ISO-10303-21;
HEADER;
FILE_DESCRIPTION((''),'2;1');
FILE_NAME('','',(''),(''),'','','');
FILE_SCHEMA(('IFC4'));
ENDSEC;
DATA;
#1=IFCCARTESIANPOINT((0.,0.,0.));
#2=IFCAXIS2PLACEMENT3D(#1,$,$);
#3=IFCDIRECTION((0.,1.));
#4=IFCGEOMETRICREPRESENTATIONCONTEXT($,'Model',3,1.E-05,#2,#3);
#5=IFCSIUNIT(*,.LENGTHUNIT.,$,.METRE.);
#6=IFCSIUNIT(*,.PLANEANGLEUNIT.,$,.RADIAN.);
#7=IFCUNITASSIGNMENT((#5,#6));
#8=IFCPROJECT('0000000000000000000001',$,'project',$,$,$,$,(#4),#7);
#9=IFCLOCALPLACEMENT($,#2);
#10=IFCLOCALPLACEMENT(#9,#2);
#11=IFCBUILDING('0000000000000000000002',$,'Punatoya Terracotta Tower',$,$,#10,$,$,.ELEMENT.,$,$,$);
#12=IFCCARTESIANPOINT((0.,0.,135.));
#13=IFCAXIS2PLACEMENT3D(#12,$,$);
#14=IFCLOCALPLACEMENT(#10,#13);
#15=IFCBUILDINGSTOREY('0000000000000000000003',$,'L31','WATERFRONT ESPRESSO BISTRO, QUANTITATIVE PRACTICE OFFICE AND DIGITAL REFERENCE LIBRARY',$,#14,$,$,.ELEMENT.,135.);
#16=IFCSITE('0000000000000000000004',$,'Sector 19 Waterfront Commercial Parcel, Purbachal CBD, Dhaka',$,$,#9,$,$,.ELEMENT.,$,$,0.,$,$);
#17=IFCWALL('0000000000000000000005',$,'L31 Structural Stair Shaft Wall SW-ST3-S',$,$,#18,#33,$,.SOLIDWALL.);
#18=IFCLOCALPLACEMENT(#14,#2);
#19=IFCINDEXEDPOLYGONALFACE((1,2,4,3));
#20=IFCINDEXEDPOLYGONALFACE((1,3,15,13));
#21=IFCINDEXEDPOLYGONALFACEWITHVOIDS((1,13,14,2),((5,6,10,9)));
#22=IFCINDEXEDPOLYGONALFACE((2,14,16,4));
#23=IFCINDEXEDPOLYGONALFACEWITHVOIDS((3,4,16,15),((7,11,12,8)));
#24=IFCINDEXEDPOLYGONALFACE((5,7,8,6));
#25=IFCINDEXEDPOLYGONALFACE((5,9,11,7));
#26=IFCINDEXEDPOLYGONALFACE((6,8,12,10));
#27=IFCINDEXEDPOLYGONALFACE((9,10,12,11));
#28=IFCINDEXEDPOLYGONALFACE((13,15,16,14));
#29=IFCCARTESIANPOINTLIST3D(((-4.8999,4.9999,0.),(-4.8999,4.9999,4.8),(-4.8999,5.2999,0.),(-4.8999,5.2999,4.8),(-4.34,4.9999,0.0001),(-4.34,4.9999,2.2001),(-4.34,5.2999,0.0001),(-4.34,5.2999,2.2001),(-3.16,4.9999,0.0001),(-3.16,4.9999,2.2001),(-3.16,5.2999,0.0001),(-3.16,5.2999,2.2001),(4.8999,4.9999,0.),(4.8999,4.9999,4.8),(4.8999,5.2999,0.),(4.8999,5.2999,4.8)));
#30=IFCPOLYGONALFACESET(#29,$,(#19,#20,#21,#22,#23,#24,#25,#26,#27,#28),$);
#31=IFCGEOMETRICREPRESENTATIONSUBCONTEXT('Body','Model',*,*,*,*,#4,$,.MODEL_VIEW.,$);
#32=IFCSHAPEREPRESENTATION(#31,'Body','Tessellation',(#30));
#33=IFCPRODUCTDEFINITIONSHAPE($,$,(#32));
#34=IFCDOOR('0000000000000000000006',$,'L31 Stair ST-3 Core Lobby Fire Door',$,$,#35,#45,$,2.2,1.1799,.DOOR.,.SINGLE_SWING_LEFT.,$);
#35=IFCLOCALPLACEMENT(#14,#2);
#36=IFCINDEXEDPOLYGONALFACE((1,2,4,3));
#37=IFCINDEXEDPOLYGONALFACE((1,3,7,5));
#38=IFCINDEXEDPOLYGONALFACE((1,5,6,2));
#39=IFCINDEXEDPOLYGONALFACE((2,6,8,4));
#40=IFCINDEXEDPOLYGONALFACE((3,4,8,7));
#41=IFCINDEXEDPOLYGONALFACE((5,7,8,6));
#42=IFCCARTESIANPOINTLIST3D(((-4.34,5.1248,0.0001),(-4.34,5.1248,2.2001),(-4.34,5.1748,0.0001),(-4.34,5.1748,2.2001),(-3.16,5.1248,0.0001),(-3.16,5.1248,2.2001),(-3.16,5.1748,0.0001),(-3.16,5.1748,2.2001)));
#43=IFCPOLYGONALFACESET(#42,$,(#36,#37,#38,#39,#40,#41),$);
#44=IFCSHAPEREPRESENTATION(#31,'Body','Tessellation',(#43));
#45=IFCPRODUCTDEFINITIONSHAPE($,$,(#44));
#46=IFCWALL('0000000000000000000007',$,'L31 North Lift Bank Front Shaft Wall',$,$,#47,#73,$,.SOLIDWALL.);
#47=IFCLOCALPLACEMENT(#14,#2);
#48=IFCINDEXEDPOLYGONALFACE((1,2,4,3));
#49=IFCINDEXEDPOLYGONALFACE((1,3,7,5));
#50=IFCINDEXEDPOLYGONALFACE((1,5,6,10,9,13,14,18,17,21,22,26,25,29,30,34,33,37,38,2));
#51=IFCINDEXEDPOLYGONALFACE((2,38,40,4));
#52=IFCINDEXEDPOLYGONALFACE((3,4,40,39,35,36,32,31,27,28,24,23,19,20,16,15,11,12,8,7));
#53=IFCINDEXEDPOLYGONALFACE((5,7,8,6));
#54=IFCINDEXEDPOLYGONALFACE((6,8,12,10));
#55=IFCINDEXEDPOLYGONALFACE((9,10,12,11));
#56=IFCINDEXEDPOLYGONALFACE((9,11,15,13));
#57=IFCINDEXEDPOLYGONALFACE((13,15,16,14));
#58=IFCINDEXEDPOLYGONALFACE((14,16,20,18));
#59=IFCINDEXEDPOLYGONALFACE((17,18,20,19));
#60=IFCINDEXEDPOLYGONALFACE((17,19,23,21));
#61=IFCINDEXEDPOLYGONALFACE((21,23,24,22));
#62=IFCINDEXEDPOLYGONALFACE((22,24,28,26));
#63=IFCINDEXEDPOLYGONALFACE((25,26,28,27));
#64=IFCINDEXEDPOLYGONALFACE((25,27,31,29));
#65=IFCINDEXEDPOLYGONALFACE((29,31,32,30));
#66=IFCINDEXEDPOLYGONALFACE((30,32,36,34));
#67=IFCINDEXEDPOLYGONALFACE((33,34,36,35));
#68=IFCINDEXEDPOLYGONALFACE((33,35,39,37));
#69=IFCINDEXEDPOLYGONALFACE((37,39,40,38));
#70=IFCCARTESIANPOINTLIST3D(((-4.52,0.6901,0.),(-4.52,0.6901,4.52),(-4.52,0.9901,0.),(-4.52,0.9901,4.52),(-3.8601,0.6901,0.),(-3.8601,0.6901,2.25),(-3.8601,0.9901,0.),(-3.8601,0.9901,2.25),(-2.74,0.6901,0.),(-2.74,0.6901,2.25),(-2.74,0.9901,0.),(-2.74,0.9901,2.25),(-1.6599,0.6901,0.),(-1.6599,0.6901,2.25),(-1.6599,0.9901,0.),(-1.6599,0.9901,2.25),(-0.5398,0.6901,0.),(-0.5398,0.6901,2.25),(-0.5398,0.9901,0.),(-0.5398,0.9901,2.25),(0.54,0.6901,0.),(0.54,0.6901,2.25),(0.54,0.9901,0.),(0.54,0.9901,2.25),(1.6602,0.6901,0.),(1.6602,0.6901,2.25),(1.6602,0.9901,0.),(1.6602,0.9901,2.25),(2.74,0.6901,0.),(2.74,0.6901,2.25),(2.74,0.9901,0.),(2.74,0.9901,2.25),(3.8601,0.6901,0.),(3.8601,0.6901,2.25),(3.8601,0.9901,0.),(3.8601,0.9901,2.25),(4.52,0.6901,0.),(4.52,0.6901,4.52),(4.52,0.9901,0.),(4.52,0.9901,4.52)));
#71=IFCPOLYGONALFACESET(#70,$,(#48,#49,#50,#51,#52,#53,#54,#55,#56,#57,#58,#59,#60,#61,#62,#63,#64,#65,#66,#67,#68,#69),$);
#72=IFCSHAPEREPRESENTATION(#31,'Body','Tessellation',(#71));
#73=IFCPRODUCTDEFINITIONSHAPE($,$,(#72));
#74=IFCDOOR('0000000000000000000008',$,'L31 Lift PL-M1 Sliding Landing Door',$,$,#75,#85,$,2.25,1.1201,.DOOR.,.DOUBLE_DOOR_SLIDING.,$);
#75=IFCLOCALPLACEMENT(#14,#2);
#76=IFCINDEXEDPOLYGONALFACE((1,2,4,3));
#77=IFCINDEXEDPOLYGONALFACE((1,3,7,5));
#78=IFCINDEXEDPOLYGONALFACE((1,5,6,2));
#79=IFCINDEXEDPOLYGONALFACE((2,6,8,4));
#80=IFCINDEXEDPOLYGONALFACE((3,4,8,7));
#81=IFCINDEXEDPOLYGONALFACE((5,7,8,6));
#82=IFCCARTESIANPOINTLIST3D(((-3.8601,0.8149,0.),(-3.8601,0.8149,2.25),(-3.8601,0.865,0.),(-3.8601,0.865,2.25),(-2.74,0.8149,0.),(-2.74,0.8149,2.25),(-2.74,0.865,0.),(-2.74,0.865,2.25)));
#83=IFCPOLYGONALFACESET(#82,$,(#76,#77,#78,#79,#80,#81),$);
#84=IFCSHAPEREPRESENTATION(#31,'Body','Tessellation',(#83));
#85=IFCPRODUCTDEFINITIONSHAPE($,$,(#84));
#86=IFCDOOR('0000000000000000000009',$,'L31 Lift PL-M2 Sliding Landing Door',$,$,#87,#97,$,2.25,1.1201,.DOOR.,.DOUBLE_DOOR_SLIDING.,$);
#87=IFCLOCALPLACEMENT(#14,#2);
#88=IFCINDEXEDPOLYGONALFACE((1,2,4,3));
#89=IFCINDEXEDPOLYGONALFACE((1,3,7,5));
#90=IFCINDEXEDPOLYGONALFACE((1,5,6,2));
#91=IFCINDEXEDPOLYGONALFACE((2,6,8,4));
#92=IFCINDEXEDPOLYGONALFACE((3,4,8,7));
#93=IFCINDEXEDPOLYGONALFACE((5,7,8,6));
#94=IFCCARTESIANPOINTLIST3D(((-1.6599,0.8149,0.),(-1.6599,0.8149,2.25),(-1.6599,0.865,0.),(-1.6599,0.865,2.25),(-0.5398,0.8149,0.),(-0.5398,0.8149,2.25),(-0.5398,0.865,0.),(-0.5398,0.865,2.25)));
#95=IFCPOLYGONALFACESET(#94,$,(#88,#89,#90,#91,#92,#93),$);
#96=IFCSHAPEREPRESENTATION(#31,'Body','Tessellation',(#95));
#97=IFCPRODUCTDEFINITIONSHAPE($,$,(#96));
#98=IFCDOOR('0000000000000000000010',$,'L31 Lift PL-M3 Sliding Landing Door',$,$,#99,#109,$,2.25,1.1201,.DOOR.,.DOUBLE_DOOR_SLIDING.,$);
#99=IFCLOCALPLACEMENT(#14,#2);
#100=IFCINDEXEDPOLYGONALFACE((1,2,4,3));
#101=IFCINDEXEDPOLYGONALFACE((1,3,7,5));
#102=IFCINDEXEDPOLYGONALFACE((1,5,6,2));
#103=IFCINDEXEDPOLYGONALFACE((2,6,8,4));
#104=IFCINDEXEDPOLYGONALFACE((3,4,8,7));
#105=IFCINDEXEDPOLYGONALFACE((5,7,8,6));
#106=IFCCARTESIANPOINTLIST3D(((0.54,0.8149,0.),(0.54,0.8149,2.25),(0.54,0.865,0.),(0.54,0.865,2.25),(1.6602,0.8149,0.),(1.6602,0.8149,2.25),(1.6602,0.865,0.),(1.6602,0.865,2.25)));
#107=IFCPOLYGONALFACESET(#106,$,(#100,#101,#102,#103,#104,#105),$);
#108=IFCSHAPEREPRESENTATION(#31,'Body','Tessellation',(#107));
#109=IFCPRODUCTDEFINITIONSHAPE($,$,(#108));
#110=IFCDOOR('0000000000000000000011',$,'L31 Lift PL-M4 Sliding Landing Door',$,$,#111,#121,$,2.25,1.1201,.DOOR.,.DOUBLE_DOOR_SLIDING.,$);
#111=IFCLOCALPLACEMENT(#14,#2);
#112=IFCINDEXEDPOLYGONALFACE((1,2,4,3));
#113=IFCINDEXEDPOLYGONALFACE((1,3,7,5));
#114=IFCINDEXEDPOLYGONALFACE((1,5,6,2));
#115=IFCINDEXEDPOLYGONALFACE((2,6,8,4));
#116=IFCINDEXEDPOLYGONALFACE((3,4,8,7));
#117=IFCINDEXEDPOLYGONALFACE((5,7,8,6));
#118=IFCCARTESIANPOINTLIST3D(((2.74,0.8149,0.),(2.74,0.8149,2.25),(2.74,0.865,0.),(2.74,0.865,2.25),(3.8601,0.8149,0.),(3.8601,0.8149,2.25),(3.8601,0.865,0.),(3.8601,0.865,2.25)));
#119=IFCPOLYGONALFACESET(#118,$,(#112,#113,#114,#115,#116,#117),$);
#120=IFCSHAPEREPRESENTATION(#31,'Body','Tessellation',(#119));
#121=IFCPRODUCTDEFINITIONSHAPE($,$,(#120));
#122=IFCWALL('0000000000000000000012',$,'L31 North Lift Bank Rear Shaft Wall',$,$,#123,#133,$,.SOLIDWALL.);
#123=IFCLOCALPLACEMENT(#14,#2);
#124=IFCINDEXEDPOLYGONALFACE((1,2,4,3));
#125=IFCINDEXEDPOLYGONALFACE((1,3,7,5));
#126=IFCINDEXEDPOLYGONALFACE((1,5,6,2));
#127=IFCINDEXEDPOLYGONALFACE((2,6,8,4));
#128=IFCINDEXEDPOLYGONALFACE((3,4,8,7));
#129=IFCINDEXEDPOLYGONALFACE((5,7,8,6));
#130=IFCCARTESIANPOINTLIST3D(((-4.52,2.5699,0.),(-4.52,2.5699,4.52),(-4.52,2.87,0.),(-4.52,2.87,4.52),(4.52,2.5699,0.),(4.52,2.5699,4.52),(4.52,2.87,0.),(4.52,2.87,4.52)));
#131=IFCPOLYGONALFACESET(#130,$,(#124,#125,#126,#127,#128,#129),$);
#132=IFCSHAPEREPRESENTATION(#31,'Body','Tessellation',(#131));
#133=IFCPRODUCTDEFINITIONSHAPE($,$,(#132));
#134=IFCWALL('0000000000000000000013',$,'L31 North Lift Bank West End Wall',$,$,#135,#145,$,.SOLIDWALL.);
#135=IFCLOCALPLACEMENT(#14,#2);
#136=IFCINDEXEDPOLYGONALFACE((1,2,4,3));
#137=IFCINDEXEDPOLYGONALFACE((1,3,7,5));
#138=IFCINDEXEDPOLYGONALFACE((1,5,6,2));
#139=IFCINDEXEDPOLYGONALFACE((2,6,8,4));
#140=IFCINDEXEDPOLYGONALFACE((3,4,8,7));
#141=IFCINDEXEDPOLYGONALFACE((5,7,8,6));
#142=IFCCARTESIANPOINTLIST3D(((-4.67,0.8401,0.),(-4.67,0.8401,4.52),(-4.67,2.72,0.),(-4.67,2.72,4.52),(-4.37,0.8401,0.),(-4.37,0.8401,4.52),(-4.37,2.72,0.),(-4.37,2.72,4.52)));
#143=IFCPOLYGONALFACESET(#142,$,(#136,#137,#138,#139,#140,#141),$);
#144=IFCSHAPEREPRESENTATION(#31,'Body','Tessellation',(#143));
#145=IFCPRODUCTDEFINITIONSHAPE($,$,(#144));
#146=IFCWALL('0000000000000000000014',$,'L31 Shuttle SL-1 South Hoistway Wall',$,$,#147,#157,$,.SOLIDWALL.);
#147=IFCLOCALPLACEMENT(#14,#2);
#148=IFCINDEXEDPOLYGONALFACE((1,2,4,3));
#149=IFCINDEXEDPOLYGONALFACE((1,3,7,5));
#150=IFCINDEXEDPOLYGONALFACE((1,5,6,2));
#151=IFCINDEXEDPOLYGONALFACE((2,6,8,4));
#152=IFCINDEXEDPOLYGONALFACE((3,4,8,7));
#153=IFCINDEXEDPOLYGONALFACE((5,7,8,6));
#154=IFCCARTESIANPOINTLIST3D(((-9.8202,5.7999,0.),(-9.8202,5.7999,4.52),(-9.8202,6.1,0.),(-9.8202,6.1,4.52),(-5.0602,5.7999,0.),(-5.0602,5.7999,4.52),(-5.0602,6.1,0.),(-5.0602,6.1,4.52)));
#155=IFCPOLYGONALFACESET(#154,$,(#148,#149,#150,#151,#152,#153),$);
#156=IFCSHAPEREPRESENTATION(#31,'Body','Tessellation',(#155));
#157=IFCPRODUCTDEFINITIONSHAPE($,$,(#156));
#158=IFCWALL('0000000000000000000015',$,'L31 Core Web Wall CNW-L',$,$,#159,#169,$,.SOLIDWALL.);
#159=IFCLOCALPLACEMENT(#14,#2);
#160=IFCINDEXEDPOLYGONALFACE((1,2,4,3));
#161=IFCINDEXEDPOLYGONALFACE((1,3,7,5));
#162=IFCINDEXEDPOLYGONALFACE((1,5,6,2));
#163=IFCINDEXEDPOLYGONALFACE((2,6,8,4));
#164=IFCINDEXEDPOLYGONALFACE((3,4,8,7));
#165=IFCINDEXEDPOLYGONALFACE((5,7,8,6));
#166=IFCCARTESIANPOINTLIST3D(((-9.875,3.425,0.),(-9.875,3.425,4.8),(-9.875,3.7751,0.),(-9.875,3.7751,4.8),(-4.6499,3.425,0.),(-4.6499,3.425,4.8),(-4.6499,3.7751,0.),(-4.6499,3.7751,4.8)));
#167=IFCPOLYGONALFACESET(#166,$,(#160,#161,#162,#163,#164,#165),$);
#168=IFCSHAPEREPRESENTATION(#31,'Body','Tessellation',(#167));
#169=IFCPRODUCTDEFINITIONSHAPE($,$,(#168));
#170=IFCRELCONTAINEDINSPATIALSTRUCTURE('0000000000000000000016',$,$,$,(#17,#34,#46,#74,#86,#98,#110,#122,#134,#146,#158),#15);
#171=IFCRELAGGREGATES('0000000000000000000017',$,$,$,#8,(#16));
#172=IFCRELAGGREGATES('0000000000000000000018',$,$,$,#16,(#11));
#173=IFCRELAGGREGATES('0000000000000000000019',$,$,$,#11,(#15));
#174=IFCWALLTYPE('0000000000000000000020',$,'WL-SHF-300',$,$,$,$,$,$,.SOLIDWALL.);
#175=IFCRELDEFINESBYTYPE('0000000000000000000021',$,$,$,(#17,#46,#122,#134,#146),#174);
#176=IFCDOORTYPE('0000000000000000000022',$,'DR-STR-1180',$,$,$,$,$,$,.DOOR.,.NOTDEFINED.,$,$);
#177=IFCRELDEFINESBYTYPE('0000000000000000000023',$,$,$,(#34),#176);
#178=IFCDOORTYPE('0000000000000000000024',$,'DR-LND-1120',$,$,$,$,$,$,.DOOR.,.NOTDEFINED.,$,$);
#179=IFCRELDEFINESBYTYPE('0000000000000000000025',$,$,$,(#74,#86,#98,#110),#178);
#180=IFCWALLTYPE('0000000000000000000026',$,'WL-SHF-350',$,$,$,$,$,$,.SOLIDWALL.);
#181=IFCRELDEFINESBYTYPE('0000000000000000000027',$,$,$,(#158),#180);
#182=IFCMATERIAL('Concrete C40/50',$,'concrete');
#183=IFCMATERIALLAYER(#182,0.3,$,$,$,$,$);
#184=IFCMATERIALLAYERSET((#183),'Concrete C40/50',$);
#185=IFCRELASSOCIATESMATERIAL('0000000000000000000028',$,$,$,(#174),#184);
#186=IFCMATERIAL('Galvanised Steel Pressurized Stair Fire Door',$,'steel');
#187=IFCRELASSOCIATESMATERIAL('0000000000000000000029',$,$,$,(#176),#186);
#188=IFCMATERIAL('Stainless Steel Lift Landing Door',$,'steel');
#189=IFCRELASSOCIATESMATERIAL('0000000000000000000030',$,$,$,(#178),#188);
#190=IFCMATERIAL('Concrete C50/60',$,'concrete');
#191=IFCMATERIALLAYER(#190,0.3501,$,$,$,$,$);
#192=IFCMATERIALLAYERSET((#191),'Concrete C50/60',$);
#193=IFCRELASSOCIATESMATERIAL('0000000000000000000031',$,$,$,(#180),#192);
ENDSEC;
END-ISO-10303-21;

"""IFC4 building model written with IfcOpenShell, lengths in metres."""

from ifc_helpers import new_model, si_unit, direction, frame, frame_2d, origin, place, context, subcontext, project, spatial, rectangle, extrude, material, layer, layer_set, type_object, element, fill, save


model = new_model("IFC4")

# Units and contexts
model_context = context("Model", 3, precision=1e-05, world=origin(), true_north=direction((0.0, 1.0)))
body_context = subcontext(model_context, "Body", "Model", "MODEL_VIEW")
ifc_project = project(units=[si_unit("LENGTHUNIT", "METRE"), si_unit("PLANEANGLEUNIT", "RADIAN")], contexts=[model_context])

# Site, building, storey
site_placement = place(None, origin())
site = spatial("IfcSite", under=ifc_project, at=site_placement, Name="Sector 19 Waterfront Commercial Parcel, Purbachal CBD, Dhaka", CompositionType="ELEMENT", RefElevation=0.0)
building_placement = place(site_placement, origin())
building = spatial("IfcBuilding", under=site, at=building_placement, Name="Punatoya Terracotta Tower", CompositionType="ELEMENT")
storey_placement = place(building_placement, frame((0.0, 0.0, 135.0)))
storey = spatial("IfcBuildingStorey", under=building, at=storey_placement, Name="L31", Description="WATERFRONT ESPRESSO BISTRO, QUANTITATIVE PRACTICE OFFICE AND DIGITAL REFERENCE LIBRARY", CompositionType="ELEMENT", Elevation=135.0)

# Shared definitions
ifc_material_1 = material(Name="Concrete C40/50", Category="concrete")

# Shared definitions
ifc_layer_1 = layer(ifc_material_1, 0.3)
ifc_layer_set_1 = layer_set([ifc_layer_1], Name="Concrete C40/50")
wall_type_1 = type_object("IfcWallType", Name="WL-SHF-300", PredefinedType="SOLIDWALL", material=ifc_layer_set_1)

# Wall, opening, door
wall_1_placement = place(storey_placement, frame((-4.8999, 5.1499, 0.0), z_axis=(0.0, 0.0, 1.0), x_axis=(1.0, 0.0, 0.0)))
wall_1 = element("IfcWall", 1, at=wall_1_placement, inside=storey, type_object=wall_type_1, Name="L31 Structural Stair Shaft Wall SW-ST3-S", PredefinedType="SOLIDWALL", context=body_context, shape_type="SweptSolid", body=[
    extrude(rectangle(XDim=9.7998, YDim=0.3, at=frame_2d((4.8999, 0.0))), origin(), (0.0, 0.0, 1.0), 4.8),
])
opening_1_placement = place(wall_1_placement, frame((0.5601, 0.0, 0.0)))
opening_1 = element("IfcOpeningElement", 2, at=opening_1_placement, cuts=wall_1, PredefinedType="OPENING", context=body_context, shape_type="SweptSolid", body=[
    extrude(rectangle(XDim=1.1799, YDim=2.2, at=frame_2d((0.5898, 1.1001))), frame((0.0, 0.1599, 0.0), z_axis=(0.0, -1.0, 0.0), x_axis=(1.0, 0.0, 0.0)), (0.0, 0.0, 1.0), 0.3201),
])
ifc_material_2 = material(Name="Galvanised Steel Pressurized Stair Fire Door", Category="steel")
door_type_1 = type_object("IfcDoorType", Name="DR-STR-1180", OperationType="NOTDEFINED", PredefinedType="DOOR", material=ifc_material_2)
door_1_placement = place(opening_1_placement, origin())
door_1 = element("IfcDoor", 3, at=door_1_placement, inside=storey, type_object=door_type_1, Name="L31 Stair ST-3 Core Lobby Fire Door", OperationType="SINGLE_SWING_LEFT", OverallHeight=2.2, OverallWidth=1.1799, PredefinedType="DOOR", context=body_context, shape_type="SweptSolid", body=[
    extrude(rectangle(XDim=1.1799, YDim=2.2, at=frame_2d((0.5898, 1.1001))), frame((0.0, 0.0249, 0.0), z_axis=(0.0, -1.0, 0.0), x_axis=(1.0, 0.0, 0.0)), (0.0, 0.0, 1.0), 0.05),
])
fill(opening_1, door_1)

# Wall, openings, doors
wall_2_placement = place(storey_placement, frame((-4.52, 0.8401, 0.0), z_axis=(0.0, 0.0, 1.0), x_axis=(1.0, 0.0, 0.0)))
wall_2 = element("IfcWall", 4, at=wall_2_placement, inside=storey, type_object=wall_type_1, Name="L31 North Lift Bank Front Shaft Wall", PredefinedType="SOLIDWALL", context=body_context, shape_type="SweptSolid", body=[
    extrude(rectangle(XDim=9.04, YDim=0.3, at=frame_2d((4.52, 0.0))), origin(), (0.0, 0.0, 1.0), 4.52),
])
opening_2_placement = place(wall_2_placement, frame((0.6599, 0.0, 0.0)))
opening_2 = element("IfcOpeningElement", 5, at=opening_2_placement, cuts=wall_2, PredefinedType="OPENING", context=body_context, shape_type="SweptSolid", body=[
    extrude(rectangle(XDim=1.1201, YDim=2.25, at=frame_2d((0.5601, 1.125))), frame((0.0, 0.1599, 0.0), z_axis=(0.0, -1.0, 0.0), x_axis=(1.0, 0.0, 0.0)), (0.0, 0.0, 1.0), 0.3201),
])
opening_3_placement = place(wall_2_placement, frame((2.8601, 0.0, 0.0)))
opening_3 = element("IfcOpeningElement", 6, at=opening_3_placement, cuts=wall_2, PredefinedType="OPENING", context=body_context, shape_type="SweptSolid", body=[
    extrude(rectangle(XDim=1.1201, YDim=2.25, at=frame_2d((0.5601, 1.125))), frame((0.0, 0.1599, 0.0), z_axis=(0.0, -1.0, 0.0), x_axis=(1.0, 0.0, 0.0)), (0.0, 0.0, 1.0), 0.3201),
])
opening_4_placement = place(wall_2_placement, frame((5.0601, 0.0, 0.0)))
opening_4 = element("IfcOpeningElement", 7, at=opening_4_placement, cuts=wall_2, PredefinedType="OPENING", context=body_context, shape_type="SweptSolid", body=[
    extrude(rectangle(XDim=1.1201, YDim=2.25, at=frame_2d((0.5601, 1.125))), frame((0.0, 0.1599, 0.0), z_axis=(0.0, -1.0, 0.0), x_axis=(1.0, 0.0, 0.0)), (0.0, 0.0, 1.0), 0.3201),
])
opening_5_placement = place(wall_2_placement, frame((7.26, 0.0, 0.0)))
opening_5 = element("IfcOpeningElement", 8, at=opening_5_placement, cuts=wall_2, PredefinedType="OPENING", context=body_context, shape_type="SweptSolid", body=[
    extrude(rectangle(XDim=1.1201, YDim=2.25, at=frame_2d((0.5601, 1.125))), frame((0.0, 0.1599, 0.0), z_axis=(0.0, -1.0, 0.0), x_axis=(1.0, 0.0, 0.0)), (0.0, 0.0, 1.0), 0.3201),
])
ifc_material_3 = material(Name="Stainless Steel Lift Landing Door", Category="steel")
door_type_2 = type_object("IfcDoorType", Name="DR-LND-1120", OperationType="NOTDEFINED", PredefinedType="DOOR", material=ifc_material_3)
door_2_placement = place(opening_2_placement, origin())
door_2 = element("IfcDoor", 9, at=door_2_placement, inside=storey, type_object=door_type_2, Name="L31 Lift PL-M1 Sliding Landing Door", OperationType="DOUBLE_DOOR_SLIDING", OverallHeight=2.25, OverallWidth=1.1201, PredefinedType="DOOR", context=body_context, shape_type="SweptSolid", body=[
    extrude(rectangle(XDim=1.1201, YDim=2.25, at=frame_2d((0.5601, 1.125))), frame((0.0, 0.0249, 0.0), z_axis=(0.0, -1.0, 0.0), x_axis=(1.0, 0.0, 0.0)), (0.0, 0.0, 1.0), 0.05),
])
fill(opening_2, door_2)
door_3_placement = place(opening_3_placement, origin())
door_3 = element("IfcDoor", 10, at=door_3_placement, inside=storey, type_object=door_type_2, Name="L31 Lift PL-M2 Sliding Landing Door", OperationType="DOUBLE_DOOR_SLIDING", OverallHeight=2.25, OverallWidth=1.1201, PredefinedType="DOOR", context=body_context, shape_type="SweptSolid", body=[
    extrude(rectangle(XDim=1.1201, YDim=2.25, at=frame_2d((0.5601, 1.125))), frame((0.0, 0.0249, 0.0), z_axis=(0.0, -1.0, 0.0), x_axis=(1.0, 0.0, 0.0)), (0.0, 0.0, 1.0), 0.05),
])
fill(opening_3, door_3)
door_4_placement = place(opening_4_placement, origin())
door_4 = element("IfcDoor", 11, at=door_4_placement, inside=storey, type_object=door_type_2, Name="L31 Lift PL-M3 Sliding Landing Door", OperationType="DOUBLE_DOOR_SLIDING", OverallHeight=2.25, OverallWidth=1.1201, PredefinedType="DOOR", context=body_context, shape_type="SweptSolid", body=[
    extrude(rectangle(XDim=1.1201, YDim=2.25, at=frame_2d((0.5601, 1.125))), frame((0.0, 0.0249, 0.0), z_axis=(0.0, -1.0, 0.0), x_axis=(1.0, 0.0, 0.0)), (0.0, 0.0, 1.0), 0.05),
])
fill(opening_4, door_4)
door_5_placement = place(opening_5_placement, origin())
door_5 = element("IfcDoor", 12, at=door_5_placement, inside=storey, type_object=door_type_2, Name="L31 Lift PL-M4 Sliding Landing Door", OperationType="DOUBLE_DOOR_SLIDING", OverallHeight=2.25, OverallWidth=1.1201, PredefinedType="DOOR", context=body_context, shape_type="SweptSolid", body=[
    extrude(rectangle(XDim=1.1201, YDim=2.25, at=frame_2d((0.5601, 1.125))), frame((0.0, 0.0249, 0.0), z_axis=(0.0, -1.0, 0.0), x_axis=(1.0, 0.0, 0.0)), (0.0, 0.0, 1.0), 0.05),
])
fill(opening_5, door_5)

# Walls
wall_3_placement = place(storey_placement, frame((-4.52, 2.72, 0.0), z_axis=(0.0, 0.0, 1.0), x_axis=(1.0, 0.0, 0.0)))
element("IfcWall", 13, at=wall_3_placement, inside=storey, type_object=wall_type_1, Name="L31 North Lift Bank Rear Shaft Wall", PredefinedType="SOLIDWALL", context=body_context, shape_type="SweptSolid", body=[
    extrude(rectangle(XDim=9.04, YDim=0.3, at=frame_2d((4.52, 0.0))), origin(), (0.0, 0.0, 1.0), 4.52),
])
wall_4_placement = place(storey_placement, frame((-4.52, 0.8401, 0.0), z_axis=(0.0, 0.0, 1.0), x_axis=(0.0, 1.0, 0.0)))
element("IfcWall", 14, at=wall_4_placement, inside=storey, type_object=wall_type_1, Name="L31 North Lift Bank West End Wall", PredefinedType="SOLIDWALL", context=body_context, shape_type="SweptSolid", body=[
    extrude(rectangle(XDim=1.8799, YDim=0.3, at=frame_2d((0.9399, 0.0))), origin(), (0.0, 0.0, 1.0), 4.52),
])
wall_5_placement = place(storey_placement, frame((-9.8201, 5.95, 0.0), z_axis=(0.0, 0.0, 1.0), x_axis=(1.0, 0.0, 0.0)))
element("IfcWall", 15, at=wall_5_placement, inside=storey, type_object=wall_type_1, Name="L31 Shuttle SL-1 South Hoistway Wall", PredefinedType="SOLIDWALL", context=body_context, shape_type="SweptSolid", body=[
    extrude(rectangle(XDim=4.76, YDim=0.3, at=frame_2d((2.3799, 0.0))), origin(), (0.0, 0.0, 1.0), 4.52),
])
ifc_material_4 = material(Name="Concrete C50/60", Category="concrete")
ifc_layer_2 = layer(ifc_material_4, 0.3501)
ifc_layer_set_2 = layer_set([ifc_layer_2], Name="Concrete C50/60")
wall_type_2 = type_object("IfcWallType", Name="WL-SHF-350", PredefinedType="SOLIDWALL", material=ifc_layer_set_2)
wall_6_placement = place(storey_placement, frame((-9.875, 3.6001, 0.0), z_axis=(0.0, 0.0, 1.0), x_axis=(1.0, 0.0, 0.0)))
element("IfcWall", 16, at=wall_6_placement, inside=storey, type_object=wall_type_2, Name="L31 Core Web Wall CNW-L", PredefinedType="SOLIDWALL", context=body_context, shape_type="SweptSolid", body=[
    extrude(rectangle(XDim=5.2251, YDim=0.3501, at=frame_2d((2.6125, 0.0))), origin(), (0.0, 0.0, 1.0), 4.8),
])

save(model, "model.ifc")
